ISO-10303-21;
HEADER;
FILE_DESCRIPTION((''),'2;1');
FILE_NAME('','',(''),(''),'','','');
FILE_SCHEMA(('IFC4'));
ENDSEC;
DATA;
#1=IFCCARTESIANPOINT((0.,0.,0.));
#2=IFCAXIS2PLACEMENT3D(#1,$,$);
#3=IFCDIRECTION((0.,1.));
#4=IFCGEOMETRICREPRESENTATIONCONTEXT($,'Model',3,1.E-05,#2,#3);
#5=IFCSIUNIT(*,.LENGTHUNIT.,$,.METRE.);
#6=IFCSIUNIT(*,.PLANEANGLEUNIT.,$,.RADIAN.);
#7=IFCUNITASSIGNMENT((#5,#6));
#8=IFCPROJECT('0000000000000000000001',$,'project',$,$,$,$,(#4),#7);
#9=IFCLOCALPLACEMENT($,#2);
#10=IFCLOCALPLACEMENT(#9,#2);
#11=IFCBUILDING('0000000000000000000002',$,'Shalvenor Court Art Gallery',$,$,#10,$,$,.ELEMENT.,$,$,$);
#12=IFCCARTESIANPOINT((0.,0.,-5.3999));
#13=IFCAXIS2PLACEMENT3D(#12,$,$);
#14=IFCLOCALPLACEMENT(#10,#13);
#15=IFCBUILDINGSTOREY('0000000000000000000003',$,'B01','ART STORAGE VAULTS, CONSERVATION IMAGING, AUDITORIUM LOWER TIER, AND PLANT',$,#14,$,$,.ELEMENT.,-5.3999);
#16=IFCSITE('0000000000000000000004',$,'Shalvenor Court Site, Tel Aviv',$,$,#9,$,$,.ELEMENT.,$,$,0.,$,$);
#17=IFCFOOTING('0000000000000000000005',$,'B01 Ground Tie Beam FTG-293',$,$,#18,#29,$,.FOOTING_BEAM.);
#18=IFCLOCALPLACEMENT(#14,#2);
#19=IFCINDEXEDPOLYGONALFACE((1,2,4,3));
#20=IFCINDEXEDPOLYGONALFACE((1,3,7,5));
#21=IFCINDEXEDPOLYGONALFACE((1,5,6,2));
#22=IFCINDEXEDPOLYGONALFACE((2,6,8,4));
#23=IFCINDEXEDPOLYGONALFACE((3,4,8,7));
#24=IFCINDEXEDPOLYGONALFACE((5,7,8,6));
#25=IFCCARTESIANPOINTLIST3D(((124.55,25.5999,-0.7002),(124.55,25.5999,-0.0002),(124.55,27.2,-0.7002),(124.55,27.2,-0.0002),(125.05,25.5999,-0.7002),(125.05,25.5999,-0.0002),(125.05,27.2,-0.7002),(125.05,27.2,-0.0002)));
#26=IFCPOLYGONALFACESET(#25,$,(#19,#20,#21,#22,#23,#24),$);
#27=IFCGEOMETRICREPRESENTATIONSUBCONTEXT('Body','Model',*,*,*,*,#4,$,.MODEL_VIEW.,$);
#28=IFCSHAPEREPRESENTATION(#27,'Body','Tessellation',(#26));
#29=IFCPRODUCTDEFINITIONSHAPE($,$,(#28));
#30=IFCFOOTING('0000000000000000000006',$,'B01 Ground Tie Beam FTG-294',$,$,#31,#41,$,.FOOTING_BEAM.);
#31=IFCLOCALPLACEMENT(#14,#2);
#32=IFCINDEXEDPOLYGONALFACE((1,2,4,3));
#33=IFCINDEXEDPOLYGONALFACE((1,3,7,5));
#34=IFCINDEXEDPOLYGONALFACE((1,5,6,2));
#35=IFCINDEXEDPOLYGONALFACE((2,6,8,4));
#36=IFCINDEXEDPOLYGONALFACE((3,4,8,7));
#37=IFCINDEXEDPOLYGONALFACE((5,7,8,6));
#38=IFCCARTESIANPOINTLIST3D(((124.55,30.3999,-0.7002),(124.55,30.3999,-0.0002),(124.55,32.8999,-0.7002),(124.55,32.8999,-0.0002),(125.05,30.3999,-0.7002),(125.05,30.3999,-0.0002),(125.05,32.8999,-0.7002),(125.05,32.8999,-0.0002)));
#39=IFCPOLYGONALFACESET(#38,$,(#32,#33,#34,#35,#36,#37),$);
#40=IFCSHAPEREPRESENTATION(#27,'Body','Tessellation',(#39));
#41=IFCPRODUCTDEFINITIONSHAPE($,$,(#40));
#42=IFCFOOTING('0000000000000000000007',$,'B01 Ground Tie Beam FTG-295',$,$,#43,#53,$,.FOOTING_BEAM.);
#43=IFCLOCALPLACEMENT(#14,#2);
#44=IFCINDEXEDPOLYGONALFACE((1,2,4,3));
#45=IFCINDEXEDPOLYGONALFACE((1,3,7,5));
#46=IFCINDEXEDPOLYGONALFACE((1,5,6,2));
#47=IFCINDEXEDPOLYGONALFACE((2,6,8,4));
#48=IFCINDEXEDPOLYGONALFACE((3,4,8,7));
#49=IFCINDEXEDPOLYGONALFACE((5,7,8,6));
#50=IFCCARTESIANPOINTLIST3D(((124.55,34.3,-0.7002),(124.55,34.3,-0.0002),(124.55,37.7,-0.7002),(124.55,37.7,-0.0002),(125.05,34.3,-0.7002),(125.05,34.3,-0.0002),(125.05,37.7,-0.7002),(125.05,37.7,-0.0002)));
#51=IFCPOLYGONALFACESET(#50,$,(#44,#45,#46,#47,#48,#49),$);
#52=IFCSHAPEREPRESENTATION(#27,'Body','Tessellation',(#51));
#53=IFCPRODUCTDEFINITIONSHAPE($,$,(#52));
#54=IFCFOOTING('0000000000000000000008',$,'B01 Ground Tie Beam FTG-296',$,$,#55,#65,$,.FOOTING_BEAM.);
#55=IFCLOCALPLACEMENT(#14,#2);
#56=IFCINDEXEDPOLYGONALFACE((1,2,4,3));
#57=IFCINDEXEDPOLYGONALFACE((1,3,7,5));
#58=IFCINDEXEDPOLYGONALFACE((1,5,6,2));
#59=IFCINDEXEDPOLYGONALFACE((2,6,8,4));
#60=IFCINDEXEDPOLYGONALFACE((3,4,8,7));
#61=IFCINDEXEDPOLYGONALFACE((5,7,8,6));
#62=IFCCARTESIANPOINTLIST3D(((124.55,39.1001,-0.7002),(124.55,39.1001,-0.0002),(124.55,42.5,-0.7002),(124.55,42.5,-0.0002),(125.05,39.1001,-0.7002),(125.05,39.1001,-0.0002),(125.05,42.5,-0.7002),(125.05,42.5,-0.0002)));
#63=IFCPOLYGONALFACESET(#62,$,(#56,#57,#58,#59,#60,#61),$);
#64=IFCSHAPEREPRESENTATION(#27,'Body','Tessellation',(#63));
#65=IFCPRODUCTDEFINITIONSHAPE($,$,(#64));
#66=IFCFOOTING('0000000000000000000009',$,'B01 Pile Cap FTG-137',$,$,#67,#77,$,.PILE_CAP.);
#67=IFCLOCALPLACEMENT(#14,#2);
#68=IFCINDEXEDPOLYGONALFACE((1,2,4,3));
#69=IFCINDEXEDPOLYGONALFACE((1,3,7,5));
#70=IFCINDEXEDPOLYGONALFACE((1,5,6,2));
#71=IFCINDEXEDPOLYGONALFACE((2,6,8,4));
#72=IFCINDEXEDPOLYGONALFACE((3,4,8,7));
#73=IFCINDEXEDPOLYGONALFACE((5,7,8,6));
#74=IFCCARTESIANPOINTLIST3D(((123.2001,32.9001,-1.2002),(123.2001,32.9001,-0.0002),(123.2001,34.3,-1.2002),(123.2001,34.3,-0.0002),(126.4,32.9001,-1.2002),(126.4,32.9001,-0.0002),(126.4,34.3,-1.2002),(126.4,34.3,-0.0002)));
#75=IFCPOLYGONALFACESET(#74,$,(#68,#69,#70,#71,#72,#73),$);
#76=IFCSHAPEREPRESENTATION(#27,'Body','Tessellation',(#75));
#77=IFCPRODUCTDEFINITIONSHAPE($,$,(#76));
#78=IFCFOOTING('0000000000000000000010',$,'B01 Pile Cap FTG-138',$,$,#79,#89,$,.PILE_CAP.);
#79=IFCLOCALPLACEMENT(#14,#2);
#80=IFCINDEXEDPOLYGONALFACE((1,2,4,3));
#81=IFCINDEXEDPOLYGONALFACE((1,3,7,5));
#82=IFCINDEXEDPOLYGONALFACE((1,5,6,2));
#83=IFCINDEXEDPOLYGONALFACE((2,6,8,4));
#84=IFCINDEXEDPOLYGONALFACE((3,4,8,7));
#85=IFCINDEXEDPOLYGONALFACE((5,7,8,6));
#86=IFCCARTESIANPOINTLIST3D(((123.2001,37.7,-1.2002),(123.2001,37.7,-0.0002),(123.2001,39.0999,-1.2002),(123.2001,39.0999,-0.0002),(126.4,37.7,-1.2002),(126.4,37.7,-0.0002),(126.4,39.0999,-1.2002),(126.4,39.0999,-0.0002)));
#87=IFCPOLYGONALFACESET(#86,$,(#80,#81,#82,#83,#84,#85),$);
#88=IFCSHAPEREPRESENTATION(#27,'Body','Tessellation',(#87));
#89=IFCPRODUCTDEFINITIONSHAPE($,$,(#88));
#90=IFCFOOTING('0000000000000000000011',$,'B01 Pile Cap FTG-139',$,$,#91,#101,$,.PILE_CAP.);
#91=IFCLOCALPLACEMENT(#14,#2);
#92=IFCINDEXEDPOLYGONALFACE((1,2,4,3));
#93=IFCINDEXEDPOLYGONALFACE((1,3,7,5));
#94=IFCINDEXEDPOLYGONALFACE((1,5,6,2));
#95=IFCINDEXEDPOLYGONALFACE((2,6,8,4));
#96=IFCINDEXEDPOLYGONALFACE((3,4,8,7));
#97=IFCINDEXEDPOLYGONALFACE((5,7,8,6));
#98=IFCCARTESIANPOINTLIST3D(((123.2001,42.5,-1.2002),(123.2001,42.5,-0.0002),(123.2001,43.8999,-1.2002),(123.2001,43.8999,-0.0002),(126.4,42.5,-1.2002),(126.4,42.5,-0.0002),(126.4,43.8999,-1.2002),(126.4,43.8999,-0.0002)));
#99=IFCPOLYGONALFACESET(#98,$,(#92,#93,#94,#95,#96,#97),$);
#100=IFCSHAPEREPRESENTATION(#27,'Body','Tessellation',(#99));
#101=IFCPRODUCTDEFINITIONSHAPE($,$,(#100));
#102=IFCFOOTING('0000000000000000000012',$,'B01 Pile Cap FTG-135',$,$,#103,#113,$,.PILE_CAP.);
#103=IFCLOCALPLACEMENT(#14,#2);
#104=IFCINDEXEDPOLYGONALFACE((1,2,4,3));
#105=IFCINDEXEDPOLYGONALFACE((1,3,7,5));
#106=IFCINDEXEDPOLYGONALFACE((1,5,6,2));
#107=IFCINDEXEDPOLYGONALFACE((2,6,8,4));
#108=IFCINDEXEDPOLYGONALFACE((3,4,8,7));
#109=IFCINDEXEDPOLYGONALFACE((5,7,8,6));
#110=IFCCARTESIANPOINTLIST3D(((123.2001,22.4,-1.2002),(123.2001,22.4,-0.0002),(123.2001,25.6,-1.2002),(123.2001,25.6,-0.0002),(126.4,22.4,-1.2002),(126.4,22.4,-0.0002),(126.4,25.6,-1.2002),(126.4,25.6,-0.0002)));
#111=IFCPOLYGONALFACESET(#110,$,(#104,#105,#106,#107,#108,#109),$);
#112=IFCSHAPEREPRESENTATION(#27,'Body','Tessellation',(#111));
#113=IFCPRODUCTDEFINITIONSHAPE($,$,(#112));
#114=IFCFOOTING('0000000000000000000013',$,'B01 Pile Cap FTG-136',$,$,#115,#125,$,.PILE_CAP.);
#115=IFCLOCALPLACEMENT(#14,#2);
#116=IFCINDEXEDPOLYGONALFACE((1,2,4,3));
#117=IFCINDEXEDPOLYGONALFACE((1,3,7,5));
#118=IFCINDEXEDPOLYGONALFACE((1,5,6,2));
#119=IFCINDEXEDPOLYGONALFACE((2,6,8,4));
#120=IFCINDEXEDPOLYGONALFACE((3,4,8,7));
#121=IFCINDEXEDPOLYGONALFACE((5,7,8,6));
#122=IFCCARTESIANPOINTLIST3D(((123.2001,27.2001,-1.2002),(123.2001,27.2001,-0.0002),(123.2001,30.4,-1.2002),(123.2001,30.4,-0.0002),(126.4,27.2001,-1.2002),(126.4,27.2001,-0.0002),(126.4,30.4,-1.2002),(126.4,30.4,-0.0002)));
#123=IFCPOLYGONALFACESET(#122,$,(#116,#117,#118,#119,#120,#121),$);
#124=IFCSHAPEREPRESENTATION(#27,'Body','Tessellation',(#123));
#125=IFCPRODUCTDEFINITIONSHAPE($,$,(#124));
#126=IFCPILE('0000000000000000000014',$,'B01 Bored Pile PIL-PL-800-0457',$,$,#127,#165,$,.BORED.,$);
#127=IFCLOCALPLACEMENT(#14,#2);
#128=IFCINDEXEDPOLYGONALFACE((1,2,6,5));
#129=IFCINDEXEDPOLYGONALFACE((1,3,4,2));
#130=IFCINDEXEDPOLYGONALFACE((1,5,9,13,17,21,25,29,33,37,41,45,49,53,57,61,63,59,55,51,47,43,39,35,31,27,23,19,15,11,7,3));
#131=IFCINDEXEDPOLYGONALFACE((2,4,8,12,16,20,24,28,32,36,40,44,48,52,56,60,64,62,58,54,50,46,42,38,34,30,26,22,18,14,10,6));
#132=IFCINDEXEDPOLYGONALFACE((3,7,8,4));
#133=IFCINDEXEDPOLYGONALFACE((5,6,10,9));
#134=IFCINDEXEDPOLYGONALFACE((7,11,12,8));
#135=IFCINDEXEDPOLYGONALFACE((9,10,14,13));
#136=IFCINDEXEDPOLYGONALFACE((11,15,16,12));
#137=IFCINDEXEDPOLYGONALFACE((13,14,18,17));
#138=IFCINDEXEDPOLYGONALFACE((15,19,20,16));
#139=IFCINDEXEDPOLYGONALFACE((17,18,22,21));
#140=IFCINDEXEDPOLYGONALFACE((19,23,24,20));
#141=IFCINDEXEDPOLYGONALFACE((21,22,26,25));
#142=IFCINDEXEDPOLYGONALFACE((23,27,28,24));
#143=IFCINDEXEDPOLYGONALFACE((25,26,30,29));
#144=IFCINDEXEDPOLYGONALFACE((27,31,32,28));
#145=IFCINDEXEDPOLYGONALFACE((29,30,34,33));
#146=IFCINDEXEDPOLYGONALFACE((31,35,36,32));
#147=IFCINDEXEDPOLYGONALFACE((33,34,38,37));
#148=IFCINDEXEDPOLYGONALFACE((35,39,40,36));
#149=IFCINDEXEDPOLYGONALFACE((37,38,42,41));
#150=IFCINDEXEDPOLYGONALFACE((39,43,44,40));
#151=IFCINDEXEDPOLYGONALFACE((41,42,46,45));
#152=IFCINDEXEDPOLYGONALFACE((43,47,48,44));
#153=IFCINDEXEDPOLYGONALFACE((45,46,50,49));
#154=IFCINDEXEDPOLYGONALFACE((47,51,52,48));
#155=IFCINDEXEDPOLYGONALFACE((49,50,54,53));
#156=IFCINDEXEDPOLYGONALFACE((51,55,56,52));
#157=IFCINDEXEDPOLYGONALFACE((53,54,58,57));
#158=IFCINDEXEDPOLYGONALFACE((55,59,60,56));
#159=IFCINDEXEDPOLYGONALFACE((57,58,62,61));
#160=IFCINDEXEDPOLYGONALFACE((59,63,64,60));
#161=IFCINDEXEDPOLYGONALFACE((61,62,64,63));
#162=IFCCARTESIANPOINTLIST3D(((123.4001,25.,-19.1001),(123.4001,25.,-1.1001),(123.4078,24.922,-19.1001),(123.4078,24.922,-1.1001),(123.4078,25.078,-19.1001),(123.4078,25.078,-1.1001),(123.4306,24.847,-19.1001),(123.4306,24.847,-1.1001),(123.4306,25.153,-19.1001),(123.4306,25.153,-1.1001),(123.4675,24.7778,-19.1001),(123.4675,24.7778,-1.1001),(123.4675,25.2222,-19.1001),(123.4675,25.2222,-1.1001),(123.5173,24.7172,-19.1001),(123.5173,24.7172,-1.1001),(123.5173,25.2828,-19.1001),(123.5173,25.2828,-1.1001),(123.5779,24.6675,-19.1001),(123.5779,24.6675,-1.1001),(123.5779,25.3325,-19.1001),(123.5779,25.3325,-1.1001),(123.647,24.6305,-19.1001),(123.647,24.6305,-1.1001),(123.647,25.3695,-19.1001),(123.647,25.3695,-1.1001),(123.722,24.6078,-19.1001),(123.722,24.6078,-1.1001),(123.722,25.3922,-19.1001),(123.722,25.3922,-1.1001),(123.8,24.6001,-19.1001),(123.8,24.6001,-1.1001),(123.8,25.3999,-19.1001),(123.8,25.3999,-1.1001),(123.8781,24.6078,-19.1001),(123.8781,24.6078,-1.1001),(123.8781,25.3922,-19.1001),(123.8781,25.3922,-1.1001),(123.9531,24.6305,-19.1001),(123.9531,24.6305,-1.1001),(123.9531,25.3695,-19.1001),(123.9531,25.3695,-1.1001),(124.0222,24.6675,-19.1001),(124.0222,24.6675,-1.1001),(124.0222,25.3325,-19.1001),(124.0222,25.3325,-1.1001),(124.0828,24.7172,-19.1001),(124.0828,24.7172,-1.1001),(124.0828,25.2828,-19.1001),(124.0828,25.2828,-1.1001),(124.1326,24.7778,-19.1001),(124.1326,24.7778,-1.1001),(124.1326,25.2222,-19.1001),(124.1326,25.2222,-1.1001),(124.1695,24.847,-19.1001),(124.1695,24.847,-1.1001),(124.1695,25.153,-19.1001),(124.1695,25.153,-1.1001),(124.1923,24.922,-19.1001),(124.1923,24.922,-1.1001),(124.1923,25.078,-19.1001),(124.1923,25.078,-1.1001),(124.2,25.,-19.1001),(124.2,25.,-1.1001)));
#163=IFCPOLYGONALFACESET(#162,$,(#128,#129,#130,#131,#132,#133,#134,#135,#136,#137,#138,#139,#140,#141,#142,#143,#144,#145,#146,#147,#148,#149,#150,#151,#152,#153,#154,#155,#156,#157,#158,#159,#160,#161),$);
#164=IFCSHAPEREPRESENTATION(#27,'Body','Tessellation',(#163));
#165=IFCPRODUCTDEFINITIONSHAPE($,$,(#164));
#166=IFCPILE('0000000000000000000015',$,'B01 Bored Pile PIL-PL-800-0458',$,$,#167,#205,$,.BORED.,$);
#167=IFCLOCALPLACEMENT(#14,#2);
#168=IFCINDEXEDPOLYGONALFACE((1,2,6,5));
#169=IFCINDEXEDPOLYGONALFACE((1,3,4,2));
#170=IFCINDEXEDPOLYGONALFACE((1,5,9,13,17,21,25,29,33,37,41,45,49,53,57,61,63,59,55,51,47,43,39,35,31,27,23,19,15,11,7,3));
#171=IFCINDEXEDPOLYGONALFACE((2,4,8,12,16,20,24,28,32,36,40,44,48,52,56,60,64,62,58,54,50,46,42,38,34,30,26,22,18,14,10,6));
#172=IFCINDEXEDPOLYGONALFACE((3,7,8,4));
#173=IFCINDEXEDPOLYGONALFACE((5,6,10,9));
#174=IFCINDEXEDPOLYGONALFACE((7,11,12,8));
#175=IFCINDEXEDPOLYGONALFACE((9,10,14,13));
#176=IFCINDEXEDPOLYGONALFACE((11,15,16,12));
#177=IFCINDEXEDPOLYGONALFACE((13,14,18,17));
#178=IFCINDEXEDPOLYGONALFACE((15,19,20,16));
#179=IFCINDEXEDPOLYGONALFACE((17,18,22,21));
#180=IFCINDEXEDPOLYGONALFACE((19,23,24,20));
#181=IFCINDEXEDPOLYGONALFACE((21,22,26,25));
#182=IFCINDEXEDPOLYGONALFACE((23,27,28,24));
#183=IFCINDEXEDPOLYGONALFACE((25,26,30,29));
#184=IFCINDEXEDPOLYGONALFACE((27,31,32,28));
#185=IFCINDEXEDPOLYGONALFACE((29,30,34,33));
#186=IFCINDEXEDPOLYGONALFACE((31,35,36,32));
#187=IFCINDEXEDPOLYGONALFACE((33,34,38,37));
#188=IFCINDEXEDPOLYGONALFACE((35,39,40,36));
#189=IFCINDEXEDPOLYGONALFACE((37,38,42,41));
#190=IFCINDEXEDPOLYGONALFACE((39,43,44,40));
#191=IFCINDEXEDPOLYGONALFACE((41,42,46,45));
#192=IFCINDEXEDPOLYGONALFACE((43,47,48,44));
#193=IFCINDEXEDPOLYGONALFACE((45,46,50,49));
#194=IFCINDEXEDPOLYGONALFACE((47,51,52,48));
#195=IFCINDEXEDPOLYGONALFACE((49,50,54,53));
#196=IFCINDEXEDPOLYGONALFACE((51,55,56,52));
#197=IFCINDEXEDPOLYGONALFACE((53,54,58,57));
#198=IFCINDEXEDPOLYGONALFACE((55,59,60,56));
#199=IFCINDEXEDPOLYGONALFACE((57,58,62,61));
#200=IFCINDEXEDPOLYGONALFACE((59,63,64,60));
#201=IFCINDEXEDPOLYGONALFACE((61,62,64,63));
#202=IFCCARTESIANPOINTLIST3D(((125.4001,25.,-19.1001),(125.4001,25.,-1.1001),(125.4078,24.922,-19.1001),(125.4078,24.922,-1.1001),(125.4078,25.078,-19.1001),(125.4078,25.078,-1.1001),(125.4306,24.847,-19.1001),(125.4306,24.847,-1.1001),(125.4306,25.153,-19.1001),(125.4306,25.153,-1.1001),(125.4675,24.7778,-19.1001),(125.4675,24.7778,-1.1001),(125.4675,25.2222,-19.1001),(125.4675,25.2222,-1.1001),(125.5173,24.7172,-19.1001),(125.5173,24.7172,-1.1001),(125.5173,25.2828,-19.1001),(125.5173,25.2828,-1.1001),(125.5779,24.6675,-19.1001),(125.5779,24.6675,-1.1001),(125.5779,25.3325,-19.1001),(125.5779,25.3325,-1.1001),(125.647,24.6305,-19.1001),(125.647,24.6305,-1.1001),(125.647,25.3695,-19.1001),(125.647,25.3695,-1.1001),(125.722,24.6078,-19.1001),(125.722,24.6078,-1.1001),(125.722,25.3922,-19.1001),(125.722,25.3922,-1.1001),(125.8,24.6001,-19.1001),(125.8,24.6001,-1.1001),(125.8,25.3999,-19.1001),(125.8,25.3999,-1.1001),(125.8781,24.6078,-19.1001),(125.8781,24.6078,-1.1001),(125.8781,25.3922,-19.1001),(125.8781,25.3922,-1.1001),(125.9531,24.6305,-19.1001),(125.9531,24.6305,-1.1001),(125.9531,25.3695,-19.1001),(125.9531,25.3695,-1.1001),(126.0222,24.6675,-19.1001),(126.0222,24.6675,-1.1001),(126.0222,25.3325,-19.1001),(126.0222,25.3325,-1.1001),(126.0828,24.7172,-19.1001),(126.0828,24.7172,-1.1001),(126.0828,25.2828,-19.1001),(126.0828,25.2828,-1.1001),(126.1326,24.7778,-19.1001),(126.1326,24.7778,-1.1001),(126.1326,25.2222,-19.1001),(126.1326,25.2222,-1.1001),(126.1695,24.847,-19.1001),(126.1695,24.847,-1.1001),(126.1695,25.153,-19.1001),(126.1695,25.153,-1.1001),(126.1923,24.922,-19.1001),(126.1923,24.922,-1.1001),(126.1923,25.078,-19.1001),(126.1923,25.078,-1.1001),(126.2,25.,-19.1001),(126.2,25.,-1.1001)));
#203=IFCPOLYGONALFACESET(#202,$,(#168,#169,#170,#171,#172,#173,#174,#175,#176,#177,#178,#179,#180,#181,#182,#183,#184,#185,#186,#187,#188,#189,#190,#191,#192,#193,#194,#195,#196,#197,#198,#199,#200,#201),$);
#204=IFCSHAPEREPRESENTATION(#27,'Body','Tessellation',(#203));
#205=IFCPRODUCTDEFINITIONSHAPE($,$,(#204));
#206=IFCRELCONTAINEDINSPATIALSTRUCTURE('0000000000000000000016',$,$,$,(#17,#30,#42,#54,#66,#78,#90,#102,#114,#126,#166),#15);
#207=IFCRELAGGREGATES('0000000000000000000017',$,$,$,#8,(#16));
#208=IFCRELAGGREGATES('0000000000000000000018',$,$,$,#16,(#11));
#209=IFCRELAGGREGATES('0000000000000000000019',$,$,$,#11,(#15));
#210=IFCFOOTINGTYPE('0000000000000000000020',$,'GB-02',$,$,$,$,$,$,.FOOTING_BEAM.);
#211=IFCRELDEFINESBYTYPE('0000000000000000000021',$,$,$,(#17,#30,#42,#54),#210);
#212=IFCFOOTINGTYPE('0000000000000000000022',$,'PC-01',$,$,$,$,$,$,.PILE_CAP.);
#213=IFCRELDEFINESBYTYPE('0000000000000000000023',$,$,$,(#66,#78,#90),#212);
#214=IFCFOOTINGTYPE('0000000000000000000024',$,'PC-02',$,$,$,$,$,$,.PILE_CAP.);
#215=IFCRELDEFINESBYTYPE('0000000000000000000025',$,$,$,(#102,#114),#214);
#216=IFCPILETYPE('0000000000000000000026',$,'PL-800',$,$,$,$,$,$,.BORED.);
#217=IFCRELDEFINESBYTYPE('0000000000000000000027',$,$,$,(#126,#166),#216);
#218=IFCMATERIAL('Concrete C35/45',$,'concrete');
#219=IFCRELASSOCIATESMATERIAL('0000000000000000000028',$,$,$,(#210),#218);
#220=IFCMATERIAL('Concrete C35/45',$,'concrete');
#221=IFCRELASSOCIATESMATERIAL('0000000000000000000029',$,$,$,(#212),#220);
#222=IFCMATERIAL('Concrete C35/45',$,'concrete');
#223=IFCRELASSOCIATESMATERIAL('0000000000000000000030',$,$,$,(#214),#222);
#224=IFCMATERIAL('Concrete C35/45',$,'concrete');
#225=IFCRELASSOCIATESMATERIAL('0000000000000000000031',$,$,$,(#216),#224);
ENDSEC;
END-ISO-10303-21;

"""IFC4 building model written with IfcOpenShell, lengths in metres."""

from ifc_helpers import new_model, si_unit, direction, frame, origin, origin_2d, place, context, subcontext, project, spatial, rectangle, circle, extrude, material, material_profile, profile_set, type_object, element, save


model = new_model("IFC4")

# Units and contexts
model_context = context("Model", 3, precision=1e-05, world=origin(), true_north=direction((0.0, 1.0)))
body_context = subcontext(model_context, "Body", "Model", "MODEL_VIEW")
ifc_project = project(units=[si_unit("LENGTHUNIT", "METRE"), si_unit("PLANEANGLEUNIT", "RADIAN")], contexts=[model_context])

# Site, building, storey
site_placement = place(None, origin())
site = spatial("IfcSite", under=ifc_project, at=site_placement, Name="Shalvenor Court Site, Tel Aviv", CompositionType="ELEMENT", RefElevation=0.0)
building_placement = place(site_placement, origin())
building = spatial("IfcBuilding", under=site, at=building_placement, Name="Shalvenor Court Art Gallery", CompositionType="ELEMENT")
storey_placement = place(building_placement, frame((0.0, 0.0, -5.3999)))
storey = spatial("IfcBuildingStorey", under=building, at=storey_placement, Name="B01", Description="ART STORAGE VAULTS, CONSERVATION IMAGING, AUDITORIUM LOWER TIER, AND PLANT", CompositionType="ELEMENT", Elevation=-5.3999)

# Footings
ifc_material_1 = material(Name="Concrete C35/45", Category="concrete")
footing_type_1 = type_object("IfcFootingType", Name="GB-02", PredefinedType="FOOTING_BEAM", material=ifc_material_1)
footing_1_placement = place(storey_placement, frame((124.8, 26.3999, -0.7002), z_axis=(0.0, 0.0, 1.0), x_axis=(0.0, 1.0, 0.0)))
element("IfcFooting", 1, at=footing_1_placement, inside=storey, type_object=footing_type_1, Name="B01 Ground Tie Beam FTG-293", PredefinedType="FOOTING_BEAM", context=body_context, shape_type="SweptSolid", body=[
    extrude(rectangle(XDim=1.6001, YDim=0.5, at=origin_2d()), origin(), (0.0, 0.0, 1.0), 0.7),
])
footing_2_placement = place(storey_placement, frame((124.8, 31.6499, -0.7002), z_axis=(0.0, 0.0, 1.0), x_axis=(0.0, 1.0, 0.0)))
element("IfcFooting", 2, at=footing_2_placement, inside=storey, type_object=footing_type_1, Name="B01 Ground Tie Beam FTG-294", PredefinedType="FOOTING_BEAM", context=body_context, shape_type="SweptSolid", body=[
    extrude(rectangle(XDim=2.5, YDim=0.5, at=origin_2d()), origin(), (0.0, 0.0, 1.0), 0.7),
])
for number, where, z_axis, x_axis, name in (
    (3, (124.8, 36.0, -0.7002), (0.0, 0.0, 1.0), (0.0, 1.0, 0.0), "B01 Ground Tie Beam FTG-295"),
    (4, (124.8, 40.8, -0.7002), (0.0, 0.0, 1.0), (0.0, 1.0, 0.0), "B01 Ground Tie Beam FTG-296"),
):
    element("IfcFooting", number, at=place(storey_placement, frame(where, z_axis=z_axis, x_axis=x_axis)), inside=storey, type_object=footing_type_1, Name=name, PredefinedType="FOOTING_BEAM", context=body_context, shape_type="SweptSolid", body=[
        extrude(rectangle(XDim=3.3999, YDim=0.5, at=origin_2d()), origin(), (0.0, 0.0, 1.0), 0.7),
    ])
ifc_material_2 = material(Name="Concrete C35/45", Category="concrete")
footing_type_2 = type_object("IfcFootingType", Name="PC-01", PredefinedType="PILE_CAP", material=ifc_material_2)
for number, where, z_axis, x_axis, name in (
    (5, (124.8, 33.6001, -1.2002), (0.0, 0.0, 1.0), (1.0, 0.0, 0.0), "B01 Pile Cap FTG-137"),
    (6, (124.8, 38.3999, -1.2002), (0.0, 0.0, 1.0), (1.0, 0.0, 0.0), "B01 Pile Cap FTG-138"),
    (7, (124.8, 43.2, -1.2002), (0.0, 0.0, 1.0), (1.0, 0.0, 0.0), "B01 Pile Cap FTG-139"),
):
    element("IfcFooting", number, at=place(storey_placement, frame(where, z_axis=z_axis, x_axis=x_axis)), inside=storey, type_object=footing_type_2, Name=name, PredefinedType="PILE_CAP", context=body_context, shape_type="SweptSolid", body=[
        extrude(rectangle(XDim=3.2, YDim=1.3999, at=origin_2d()), origin(), (0.0, 0.0, 1.0), 1.2),
    ])
ifc_material_3 = material(Name="Concrete C35/45", Category="concrete")
footing_type_3 = type_object("IfcFootingType", Name="PC-02", PredefinedType="PILE_CAP", material=ifc_material_3)
for number, where, z_axis, x_axis, name in (
    (8, (124.8, 24.0, -1.2002), (0.0, 0.0, 1.0), (1.0, 0.0, 0.0), "B01 Pile Cap FTG-135"),
    (9, (124.8, 28.8, -1.2002), (0.0, 0.0, 1.0), (1.0, 0.0, 0.0), "B01 Pile Cap FTG-136"),
):
    element("IfcFooting", number, at=place(storey_placement, frame(where, z_axis=z_axis, x_axis=x_axis)), inside=storey, type_object=footing_type_3, Name=name, PredefinedType="PILE_CAP", context=body_context, shape_type="SweptSolid", body=[
        extrude(rectangle(XDim=3.2, YDim=3.2, at=origin_2d()), origin(), (0.0, 0.0, 1.0), 1.2),
    ])

# Piles
ifc_material_4 = material(Name="Concrete C35/45", Category="concrete")
ifc_material_profile_1 = material_profile(ifc_material_4, circle(Radius=0.3999, at=origin_2d()), Name="PILE 800")
ifc_profile_set_1 = profile_set([ifc_material_profile_1], Name="Concrete C35/45")
pile_type = type_object("IfcPileType", Name="PL-800", PredefinedType="BORED", material=ifc_profile_set_1)
for number, where, z_axis, x_axis, name in (
    (10, (123.8, 25.0, -1.1001), (0.0, 0.0, -1.0), (1.0, 0.0, 0.0), "B01 Bored Pile PIL-PL-800-0457"),
    (11, (125.8, 25.0, -1.1001), (0.0, 0.0, -1.0), (1.0, 0.0, 0.0), "B01 Bored Pile PIL-PL-800-0458"),
):
    element("IfcPile", number, at=place(storey_placement, frame(where, z_axis=z_axis, x_axis=x_axis)), inside=storey, type_object=pile_type, Name=name, PredefinedType="BORED", context=body_context, shape_type="SweptSolid", body=[
        extrude(circle(Radius=0.3999, at=origin_2d()), origin(), (0.0, 0.0, 1.0), 18.0),
    ])

save(model, "model.ifc")
